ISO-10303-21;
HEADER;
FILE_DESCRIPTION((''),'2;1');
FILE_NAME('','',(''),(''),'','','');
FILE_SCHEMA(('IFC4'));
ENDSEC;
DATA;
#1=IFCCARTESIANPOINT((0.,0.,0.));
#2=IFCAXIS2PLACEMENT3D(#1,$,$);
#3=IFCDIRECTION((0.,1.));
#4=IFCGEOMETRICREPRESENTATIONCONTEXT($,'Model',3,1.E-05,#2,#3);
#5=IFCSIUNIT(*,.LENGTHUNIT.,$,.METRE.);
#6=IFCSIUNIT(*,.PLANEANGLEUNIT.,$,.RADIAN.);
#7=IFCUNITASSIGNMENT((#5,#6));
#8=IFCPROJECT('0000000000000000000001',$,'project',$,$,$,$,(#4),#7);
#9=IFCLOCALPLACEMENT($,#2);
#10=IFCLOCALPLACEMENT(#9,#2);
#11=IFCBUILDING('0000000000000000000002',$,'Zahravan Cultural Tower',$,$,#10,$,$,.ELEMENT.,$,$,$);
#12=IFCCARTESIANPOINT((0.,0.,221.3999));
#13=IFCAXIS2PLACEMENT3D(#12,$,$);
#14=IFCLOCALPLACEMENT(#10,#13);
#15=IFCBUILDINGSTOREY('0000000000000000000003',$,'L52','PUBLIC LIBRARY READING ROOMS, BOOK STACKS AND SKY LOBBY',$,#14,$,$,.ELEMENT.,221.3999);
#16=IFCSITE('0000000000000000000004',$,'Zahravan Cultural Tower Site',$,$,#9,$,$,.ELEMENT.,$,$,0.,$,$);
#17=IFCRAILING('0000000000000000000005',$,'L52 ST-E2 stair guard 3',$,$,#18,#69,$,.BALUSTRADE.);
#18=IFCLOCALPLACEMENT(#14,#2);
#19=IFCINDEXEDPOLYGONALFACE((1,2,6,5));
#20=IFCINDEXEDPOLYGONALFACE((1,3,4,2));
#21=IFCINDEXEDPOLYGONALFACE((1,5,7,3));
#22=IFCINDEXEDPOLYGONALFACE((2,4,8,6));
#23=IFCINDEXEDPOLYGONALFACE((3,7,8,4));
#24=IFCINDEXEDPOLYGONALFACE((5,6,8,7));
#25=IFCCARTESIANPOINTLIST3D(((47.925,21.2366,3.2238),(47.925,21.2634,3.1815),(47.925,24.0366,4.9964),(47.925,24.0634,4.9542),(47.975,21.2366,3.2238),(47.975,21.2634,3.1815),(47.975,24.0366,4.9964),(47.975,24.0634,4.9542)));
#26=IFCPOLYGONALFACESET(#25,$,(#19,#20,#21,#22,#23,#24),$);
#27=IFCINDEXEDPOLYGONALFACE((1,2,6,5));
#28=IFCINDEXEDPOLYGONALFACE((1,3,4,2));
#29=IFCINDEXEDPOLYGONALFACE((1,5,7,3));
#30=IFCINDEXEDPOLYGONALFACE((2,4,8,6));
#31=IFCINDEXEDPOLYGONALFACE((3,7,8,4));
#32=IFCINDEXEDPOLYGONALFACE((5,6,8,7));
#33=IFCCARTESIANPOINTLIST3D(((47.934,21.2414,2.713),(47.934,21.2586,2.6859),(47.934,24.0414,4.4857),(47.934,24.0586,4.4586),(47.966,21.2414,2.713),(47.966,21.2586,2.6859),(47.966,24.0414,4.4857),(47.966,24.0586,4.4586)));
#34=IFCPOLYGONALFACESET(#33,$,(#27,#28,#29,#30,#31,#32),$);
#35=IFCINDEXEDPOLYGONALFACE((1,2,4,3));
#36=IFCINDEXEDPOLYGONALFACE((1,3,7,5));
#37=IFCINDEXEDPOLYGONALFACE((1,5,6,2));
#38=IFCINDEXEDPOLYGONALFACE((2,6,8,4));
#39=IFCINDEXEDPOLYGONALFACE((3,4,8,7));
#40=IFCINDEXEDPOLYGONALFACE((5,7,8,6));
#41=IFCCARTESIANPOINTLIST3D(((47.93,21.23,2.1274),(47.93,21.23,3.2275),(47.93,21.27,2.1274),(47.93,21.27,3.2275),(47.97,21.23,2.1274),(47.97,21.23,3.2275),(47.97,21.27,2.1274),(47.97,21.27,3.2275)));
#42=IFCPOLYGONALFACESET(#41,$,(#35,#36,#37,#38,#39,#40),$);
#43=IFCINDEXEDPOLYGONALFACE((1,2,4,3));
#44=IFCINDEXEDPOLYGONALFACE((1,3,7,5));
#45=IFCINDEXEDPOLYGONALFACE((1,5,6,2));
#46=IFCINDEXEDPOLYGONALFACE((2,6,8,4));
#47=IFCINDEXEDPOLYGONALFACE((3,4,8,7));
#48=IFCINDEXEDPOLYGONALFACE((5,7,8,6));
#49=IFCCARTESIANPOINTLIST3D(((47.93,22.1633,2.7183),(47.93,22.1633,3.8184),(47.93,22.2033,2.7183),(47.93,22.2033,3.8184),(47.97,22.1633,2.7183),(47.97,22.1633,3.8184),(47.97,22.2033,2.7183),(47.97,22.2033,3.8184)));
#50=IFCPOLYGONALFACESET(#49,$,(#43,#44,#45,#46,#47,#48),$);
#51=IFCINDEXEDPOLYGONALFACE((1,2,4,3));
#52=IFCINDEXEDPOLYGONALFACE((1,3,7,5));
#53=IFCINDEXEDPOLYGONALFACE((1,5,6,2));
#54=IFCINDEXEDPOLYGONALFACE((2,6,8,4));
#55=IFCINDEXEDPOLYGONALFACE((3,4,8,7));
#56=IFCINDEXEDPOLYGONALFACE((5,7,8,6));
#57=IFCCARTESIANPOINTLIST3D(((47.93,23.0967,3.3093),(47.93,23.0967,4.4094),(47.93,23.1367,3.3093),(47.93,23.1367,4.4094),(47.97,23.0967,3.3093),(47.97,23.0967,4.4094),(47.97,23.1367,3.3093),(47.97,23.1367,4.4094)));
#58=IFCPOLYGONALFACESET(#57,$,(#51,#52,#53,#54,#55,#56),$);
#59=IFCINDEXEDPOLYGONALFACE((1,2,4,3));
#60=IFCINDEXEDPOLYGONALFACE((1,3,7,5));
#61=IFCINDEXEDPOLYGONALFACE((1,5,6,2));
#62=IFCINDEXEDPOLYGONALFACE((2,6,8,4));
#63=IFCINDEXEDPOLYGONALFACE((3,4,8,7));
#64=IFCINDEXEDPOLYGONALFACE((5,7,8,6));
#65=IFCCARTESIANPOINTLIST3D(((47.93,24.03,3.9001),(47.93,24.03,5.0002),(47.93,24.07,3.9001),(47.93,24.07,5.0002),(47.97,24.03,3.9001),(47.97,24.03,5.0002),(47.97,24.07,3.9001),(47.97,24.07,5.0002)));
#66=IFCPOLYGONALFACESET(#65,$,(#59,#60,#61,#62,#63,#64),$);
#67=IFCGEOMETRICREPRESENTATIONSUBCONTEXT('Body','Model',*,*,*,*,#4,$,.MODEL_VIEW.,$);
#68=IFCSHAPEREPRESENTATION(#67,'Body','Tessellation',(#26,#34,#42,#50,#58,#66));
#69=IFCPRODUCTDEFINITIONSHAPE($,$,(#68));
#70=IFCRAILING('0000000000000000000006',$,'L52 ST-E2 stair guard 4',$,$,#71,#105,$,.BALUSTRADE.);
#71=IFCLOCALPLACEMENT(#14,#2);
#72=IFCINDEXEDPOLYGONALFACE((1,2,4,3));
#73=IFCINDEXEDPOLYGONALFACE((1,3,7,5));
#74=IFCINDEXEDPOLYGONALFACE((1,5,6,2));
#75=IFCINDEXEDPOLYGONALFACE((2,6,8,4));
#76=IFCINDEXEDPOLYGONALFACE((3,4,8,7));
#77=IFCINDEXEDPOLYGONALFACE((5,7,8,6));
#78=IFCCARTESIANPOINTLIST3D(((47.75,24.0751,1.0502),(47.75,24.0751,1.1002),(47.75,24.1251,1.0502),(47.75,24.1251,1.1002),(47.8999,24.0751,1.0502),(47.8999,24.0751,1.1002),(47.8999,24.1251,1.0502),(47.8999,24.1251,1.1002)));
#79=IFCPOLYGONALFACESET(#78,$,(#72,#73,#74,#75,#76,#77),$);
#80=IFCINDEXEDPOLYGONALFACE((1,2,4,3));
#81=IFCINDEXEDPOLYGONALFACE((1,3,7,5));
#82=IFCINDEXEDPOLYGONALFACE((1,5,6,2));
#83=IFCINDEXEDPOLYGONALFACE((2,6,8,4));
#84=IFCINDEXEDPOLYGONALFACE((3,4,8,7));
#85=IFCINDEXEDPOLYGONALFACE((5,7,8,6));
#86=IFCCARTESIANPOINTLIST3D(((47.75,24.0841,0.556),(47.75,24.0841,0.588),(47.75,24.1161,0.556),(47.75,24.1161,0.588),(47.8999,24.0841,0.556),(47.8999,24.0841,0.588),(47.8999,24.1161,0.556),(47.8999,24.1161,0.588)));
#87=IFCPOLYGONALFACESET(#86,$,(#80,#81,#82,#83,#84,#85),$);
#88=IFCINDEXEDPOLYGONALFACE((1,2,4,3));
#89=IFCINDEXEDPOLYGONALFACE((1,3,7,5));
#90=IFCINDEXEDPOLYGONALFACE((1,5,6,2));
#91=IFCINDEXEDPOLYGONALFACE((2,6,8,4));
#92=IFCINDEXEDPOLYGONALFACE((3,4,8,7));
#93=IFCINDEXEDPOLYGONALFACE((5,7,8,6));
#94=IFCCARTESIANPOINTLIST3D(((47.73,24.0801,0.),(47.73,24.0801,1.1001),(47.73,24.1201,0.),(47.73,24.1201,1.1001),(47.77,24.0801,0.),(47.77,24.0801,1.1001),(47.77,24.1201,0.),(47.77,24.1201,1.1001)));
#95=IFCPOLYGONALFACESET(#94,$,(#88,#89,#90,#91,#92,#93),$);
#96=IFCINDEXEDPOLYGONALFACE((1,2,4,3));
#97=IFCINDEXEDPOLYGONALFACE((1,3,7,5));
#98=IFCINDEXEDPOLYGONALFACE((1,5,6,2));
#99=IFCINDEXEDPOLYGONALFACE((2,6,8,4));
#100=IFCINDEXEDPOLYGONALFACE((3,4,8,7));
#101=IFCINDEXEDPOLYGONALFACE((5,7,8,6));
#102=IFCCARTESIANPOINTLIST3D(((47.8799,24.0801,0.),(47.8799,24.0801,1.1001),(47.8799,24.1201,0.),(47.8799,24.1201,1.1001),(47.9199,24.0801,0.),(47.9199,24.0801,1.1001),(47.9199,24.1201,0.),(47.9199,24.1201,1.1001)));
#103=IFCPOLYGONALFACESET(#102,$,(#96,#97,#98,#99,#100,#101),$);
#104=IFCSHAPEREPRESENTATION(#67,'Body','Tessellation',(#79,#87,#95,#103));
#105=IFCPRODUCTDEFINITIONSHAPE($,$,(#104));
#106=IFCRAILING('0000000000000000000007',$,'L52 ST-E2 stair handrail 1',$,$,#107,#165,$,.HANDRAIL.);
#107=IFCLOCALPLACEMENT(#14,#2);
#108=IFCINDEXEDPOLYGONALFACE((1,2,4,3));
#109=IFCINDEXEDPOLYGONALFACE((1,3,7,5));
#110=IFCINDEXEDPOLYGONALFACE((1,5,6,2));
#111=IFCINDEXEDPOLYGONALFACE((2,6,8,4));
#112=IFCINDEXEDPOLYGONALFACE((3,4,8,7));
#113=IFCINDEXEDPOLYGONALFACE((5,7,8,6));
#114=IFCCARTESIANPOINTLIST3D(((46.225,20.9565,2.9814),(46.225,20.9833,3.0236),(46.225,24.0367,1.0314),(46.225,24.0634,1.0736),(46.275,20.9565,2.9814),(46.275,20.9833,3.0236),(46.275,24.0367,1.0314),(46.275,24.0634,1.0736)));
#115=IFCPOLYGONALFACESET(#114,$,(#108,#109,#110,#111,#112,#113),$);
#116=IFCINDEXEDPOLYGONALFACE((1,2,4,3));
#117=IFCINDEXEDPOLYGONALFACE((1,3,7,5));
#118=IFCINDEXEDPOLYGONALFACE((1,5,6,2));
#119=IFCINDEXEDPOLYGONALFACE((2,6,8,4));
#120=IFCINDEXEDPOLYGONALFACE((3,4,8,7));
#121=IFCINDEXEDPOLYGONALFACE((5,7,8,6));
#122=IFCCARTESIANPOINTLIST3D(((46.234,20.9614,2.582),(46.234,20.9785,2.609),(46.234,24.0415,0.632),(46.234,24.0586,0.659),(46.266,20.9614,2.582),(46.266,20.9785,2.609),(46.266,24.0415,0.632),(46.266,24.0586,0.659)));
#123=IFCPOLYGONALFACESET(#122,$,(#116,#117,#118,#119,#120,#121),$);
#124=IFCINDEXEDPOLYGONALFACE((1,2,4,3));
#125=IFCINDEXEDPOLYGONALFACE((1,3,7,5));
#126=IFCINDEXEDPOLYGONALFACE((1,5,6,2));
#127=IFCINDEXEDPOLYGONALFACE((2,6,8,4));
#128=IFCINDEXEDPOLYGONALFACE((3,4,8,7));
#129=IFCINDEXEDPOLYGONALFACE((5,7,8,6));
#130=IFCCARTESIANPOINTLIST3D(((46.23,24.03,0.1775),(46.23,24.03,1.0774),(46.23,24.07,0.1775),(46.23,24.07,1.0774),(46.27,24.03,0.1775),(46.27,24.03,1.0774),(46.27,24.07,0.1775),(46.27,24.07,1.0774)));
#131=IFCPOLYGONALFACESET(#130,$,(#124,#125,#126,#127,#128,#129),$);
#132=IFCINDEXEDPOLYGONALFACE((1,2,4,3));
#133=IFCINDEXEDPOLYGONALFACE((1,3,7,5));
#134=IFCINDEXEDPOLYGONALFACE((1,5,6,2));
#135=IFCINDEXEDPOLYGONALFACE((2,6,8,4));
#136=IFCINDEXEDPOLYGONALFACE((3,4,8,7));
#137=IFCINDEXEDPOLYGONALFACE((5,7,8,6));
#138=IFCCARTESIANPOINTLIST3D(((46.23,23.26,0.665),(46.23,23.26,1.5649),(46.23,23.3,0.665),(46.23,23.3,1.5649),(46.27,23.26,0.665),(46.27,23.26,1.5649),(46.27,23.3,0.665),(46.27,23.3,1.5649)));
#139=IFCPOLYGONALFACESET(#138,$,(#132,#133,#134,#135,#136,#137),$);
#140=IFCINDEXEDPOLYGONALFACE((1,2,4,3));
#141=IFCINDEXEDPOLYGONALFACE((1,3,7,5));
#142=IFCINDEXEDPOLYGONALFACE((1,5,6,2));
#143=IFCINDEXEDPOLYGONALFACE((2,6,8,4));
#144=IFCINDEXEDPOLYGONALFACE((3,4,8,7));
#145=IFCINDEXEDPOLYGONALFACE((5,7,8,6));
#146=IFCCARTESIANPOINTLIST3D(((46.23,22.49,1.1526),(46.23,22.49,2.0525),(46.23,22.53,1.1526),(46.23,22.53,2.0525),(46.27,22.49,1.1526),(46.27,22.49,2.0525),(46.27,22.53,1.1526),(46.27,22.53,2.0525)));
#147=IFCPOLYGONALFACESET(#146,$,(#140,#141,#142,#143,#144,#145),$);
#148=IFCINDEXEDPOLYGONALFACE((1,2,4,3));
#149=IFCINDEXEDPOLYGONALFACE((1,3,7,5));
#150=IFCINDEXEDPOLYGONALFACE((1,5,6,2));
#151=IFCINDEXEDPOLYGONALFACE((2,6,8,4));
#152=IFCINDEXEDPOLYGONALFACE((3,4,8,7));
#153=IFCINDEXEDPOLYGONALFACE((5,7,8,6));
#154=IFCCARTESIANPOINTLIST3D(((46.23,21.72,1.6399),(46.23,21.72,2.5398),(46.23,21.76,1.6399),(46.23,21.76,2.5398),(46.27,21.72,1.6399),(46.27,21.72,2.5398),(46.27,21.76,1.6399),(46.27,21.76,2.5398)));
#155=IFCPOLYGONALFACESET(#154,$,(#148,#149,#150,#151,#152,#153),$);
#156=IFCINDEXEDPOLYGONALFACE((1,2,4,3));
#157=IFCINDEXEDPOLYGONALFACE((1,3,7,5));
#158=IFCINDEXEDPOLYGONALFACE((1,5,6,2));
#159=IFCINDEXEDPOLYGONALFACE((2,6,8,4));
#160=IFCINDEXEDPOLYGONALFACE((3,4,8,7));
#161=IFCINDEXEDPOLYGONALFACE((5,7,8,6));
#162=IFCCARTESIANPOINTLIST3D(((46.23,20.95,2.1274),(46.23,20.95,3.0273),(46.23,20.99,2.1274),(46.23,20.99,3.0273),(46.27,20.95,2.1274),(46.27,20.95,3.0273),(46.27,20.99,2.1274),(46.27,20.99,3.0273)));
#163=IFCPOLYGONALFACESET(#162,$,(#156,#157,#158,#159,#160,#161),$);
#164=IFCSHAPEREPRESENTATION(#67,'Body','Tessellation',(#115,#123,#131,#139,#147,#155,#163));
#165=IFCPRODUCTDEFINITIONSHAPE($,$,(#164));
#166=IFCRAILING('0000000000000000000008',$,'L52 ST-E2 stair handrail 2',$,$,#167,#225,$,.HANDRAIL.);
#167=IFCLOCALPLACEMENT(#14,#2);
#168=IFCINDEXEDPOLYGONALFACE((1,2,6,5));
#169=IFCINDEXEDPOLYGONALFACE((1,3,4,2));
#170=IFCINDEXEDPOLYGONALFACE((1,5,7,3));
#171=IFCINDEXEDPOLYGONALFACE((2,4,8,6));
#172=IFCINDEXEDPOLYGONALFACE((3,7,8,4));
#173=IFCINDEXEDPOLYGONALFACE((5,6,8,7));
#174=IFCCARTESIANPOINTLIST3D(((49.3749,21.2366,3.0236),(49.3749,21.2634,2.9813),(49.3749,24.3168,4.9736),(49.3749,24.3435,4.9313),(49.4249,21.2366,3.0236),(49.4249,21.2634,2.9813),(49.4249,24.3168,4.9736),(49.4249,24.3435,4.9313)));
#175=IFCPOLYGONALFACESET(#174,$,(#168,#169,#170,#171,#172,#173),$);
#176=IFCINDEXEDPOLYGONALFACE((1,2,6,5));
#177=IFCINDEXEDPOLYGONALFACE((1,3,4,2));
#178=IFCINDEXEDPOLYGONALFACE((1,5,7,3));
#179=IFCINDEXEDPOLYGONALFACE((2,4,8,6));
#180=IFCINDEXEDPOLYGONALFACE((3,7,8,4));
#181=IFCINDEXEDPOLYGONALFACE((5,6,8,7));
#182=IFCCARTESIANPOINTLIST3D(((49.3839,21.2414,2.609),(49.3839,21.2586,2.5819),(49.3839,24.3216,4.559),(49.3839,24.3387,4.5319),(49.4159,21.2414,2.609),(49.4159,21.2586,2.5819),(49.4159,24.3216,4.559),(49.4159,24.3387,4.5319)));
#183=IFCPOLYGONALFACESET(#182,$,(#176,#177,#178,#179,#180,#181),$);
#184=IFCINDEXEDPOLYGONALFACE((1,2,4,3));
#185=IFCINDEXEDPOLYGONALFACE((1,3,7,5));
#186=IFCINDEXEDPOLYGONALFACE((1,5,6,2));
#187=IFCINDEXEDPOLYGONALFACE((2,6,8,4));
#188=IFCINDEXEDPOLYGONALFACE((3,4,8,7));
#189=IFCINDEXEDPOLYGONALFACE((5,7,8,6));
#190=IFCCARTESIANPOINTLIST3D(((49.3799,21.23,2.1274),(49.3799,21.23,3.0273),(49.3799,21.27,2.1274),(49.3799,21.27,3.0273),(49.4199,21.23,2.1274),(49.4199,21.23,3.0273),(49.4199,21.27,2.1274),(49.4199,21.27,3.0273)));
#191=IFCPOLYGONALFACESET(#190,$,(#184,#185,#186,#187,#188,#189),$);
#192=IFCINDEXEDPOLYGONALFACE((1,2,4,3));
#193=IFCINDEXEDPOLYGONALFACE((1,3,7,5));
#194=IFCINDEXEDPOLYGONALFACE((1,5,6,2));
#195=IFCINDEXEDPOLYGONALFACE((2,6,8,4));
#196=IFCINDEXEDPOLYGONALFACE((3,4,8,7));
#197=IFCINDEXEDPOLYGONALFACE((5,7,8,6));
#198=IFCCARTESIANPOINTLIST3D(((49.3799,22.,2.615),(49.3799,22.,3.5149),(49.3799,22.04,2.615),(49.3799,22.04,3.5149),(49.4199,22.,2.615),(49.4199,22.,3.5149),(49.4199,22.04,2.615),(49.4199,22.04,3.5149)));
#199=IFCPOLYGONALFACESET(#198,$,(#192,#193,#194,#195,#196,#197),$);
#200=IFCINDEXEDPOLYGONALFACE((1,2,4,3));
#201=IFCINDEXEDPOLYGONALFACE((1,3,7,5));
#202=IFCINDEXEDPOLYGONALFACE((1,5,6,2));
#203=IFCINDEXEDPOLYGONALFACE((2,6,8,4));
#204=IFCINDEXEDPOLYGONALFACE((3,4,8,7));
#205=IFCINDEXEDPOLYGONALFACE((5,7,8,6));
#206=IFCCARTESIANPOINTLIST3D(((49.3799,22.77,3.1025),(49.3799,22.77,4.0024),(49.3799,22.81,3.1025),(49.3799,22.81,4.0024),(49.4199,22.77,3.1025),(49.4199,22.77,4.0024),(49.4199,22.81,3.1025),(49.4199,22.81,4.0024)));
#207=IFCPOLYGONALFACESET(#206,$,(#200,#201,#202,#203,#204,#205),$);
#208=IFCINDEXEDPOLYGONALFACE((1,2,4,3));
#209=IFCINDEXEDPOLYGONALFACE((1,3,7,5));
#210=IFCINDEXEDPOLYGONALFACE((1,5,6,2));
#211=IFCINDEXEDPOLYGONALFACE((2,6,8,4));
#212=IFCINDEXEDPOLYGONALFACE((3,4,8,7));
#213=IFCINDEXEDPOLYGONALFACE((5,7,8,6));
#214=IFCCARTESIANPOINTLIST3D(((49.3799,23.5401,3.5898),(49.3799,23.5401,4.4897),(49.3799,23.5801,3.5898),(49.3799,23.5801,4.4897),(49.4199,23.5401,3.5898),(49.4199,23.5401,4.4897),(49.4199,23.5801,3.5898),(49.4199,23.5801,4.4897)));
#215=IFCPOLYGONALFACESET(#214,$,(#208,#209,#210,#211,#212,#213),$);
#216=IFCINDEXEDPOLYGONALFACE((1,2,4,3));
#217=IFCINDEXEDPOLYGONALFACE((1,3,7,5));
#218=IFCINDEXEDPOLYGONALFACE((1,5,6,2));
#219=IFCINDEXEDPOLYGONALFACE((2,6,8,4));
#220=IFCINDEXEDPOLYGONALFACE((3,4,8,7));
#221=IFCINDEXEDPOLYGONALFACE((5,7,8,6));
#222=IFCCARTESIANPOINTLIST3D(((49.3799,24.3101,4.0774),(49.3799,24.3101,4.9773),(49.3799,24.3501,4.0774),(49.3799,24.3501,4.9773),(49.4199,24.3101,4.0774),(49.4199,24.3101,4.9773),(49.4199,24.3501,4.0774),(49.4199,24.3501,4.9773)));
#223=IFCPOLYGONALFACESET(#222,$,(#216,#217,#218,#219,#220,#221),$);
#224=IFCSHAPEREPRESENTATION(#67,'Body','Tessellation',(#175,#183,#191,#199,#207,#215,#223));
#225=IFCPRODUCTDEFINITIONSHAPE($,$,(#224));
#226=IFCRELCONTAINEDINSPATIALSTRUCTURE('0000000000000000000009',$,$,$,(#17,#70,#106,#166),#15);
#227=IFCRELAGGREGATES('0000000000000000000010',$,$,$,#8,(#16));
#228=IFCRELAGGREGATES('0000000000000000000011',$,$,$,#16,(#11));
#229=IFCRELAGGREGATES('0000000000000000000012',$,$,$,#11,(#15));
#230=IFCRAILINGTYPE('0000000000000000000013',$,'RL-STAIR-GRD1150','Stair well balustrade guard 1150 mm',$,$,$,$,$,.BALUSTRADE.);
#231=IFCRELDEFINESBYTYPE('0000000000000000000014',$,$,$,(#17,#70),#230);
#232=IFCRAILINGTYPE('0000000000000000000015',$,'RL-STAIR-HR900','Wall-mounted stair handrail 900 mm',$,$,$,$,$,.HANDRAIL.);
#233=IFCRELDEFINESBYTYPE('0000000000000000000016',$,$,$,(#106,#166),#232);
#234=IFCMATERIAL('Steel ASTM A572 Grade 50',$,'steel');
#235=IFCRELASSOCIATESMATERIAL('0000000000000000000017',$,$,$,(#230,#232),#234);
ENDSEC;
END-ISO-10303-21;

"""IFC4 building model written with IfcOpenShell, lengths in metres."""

from ifc_helpers import new_model, si_unit, direction, frame, origin, origin_2d, place, context, subcontext, project, spatial, rectangle, extrude, material, type_object, element, save


model = new_model("IFC4")

# Units and contexts
model_context = context("Model", 3, precision=1e-05, world=origin(), true_north=direction((0.0, 1.0)))
body_context = subcontext(model_context, "Body", "Model", "MODEL_VIEW")
ifc_project = project(units=[si_unit("LENGTHUNIT", "METRE"), si_unit("PLANEANGLEUNIT", "RADIAN")], contexts=[model_context])

# Site, building, storey
site_placement = place(None, origin())
site = spatial("IfcSite", under=ifc_project, at=site_placement, Name="Zahravan Cultural Tower Site", CompositionType="ELEMENT", RefElevation=0.0)
building_placement = place(site_placement, origin())
building = spatial("IfcBuilding", under=site, at=building_placement, Name="Zahravan Cultural Tower", CompositionType="ELEMENT")
storey_placement = place(building_placement, frame((0.0, 0.0, 221.3999)))
storey = spatial("IfcBuildingStorey", under=building, at=storey_placement, Name="L52", Description="PUBLIC LIBRARY READING ROOMS, BOOK STACKS AND SKY LOBBY", CompositionType="ELEMENT", Elevation=221.3999)

# Railings
ifc_material_1 = material(Name="Steel ASTM A572 Grade 50", Category="steel")
railing_type_1 = type_object("IfcRailingType", Name="RL-STAIR-GRD1150", Description="Stair well balustrade guard 1150 mm", PredefinedType="BALUSTRADE", material=ifc_material_1)
railing_1_placement = place(storey_placement, frame((47.95, 21.25, 2.1274)))
element("IfcRailing", 1, at=railing_1_placement, inside=storey, type_object=railing_type_1, Name="L52 ST-E2 stair guard 3", PredefinedType="BALUSTRADE", context=body_context, shape_type="SweptSolid", body=[
    extrude(rectangle(XDim=0.05, YDim=0.05, at=origin_2d()), frame((0.0, 0.0, 1.0752), z_axis=(0.0, 0.844909, 0.53491), x_axis=(-1.0, 0.0, 0.0)), (0.0, 0.0, 1.0), 3.314),
    extrude(rectangle(XDim=0.032, YDim=0.032, at=origin_2d()), frame((0.0, 0.0, 0.572), z_axis=(0.0, 0.844909, 0.53491), x_axis=(-1.0, 0.0, 0.0)), (0.0, 0.0, 1.0), 3.314),
    extrude(rectangle(XDim=0.04, YDim=0.04, at=origin_2d()), origin(), (0.0, 0.0, 1.0), 1.1001),
    extrude(rectangle(XDim=0.04, YDim=0.04, at=origin_2d()), frame((0.0, 0.9333, 0.5908)), (0.0, 0.0, 1.0), 1.1001),
    extrude(rectangle(XDim=0.04, YDim=0.04, at=origin_2d()), frame((0.0, 1.8667, 1.1819)), (0.0, 0.0, 1.0), 1.1001),
    extrude(rectangle(XDim=0.04, YDim=0.04, at=origin_2d()), frame((0.0, 2.8, 1.7727)), (0.0, 0.0, 1.0), 1.1001),
])
railing_2_placement = place(storey_placement, frame((47.75, 24.1001, 0.0)))
element("IfcRailing", 2, at=railing_2_placement, inside=storey, type_object=railing_type_1, Name="L52 ST-E2 stair guard 4", PredefinedType="BALUSTRADE", context=body_context, shape_type="SweptSolid", body=[
    extrude(rectangle(XDim=0.05, YDim=0.05, at=origin_2d()), frame((0.0, 0.0, 1.0752), z_axis=(1.0, 0.0, 0.0), x_axis=(0.0, 1.0, 0.0)), (0.0, 0.0, 1.0), 0.1499),
    extrude(rectangle(XDim=0.032, YDim=0.032, at=origin_2d()), frame((0.0, 0.0, 0.572), z_axis=(1.0, 0.0, 0.0), x_axis=(0.0, 1.0, 0.0)), (0.0, 0.0, 1.0), 0.1499),
    extrude(rectangle(XDim=0.04, YDim=0.04, at=origin_2d()), origin(), (0.0, 0.0, 1.0), 1.1001),
    extrude(rectangle(XDim=0.04, YDim=0.04, at=origin_2d()), frame((0.1499, 0.0, 0.0)), (0.0, 0.0, 1.0), 1.1001),
])
railing_type_2 = type_object("IfcRailingType", Name="RL-STAIR-HR900", Description="Wall-mounted stair handrail 900 mm", PredefinedType="HANDRAIL", material=ifc_material_1)
railing_3_placement = place(storey_placement, frame((46.25, 24.05, 0.1775)))
element("IfcRailing", 3, at=railing_3_placement, inside=storey, type_object=railing_type_2, Name="L52 ST-E2 stair handrail 1", PredefinedType="HANDRAIL", context=body_context, shape_type="SweptSolid", body=[
    extrude(rectangle(XDim=0.05, YDim=0.05, at=origin_2d()), frame((0.0, 0.0, 0.875), z_axis=(0.0, -0.844914, 0.534902), x_axis=(1.0, 0.0, 0.0)), (0.0, 0.0, 1.0), 3.6455),
    extrude(rectangle(XDim=0.032, YDim=0.032, at=origin_2d()), frame((0.0, 0.0, 0.468), z_axis=(0.0, -0.844914, 0.534902), x_axis=(1.0, 0.0, 0.0)), (0.0, 0.0, 1.0), 3.6455),
    extrude(rectangle(XDim=0.04, YDim=0.04, at=origin_2d()), origin(), (0.0, 0.0, 1.0), 0.8999),
    extrude(rectangle(XDim=0.04, YDim=0.04, at=origin_2d()), frame((0.0, -0.77, 0.4875)), (0.0, 0.0, 1.0), 0.8999),
    extrude(rectangle(XDim=0.04, YDim=0.04, at=origin_2d()), frame((0.0, -1.54, 0.9751)), (0.0, 0.0, 1.0), 0.8999),
    extrude(rectangle(XDim=0.04, YDim=0.04, at=origin_2d()), frame((0.0, -2.3101, 1.4624)), (0.0, 0.0, 1.0), 0.8999),
    extrude(rectangle(XDim=0.04, YDim=0.04, at=origin_2d()), frame((0.0, -3.0801, 1.95)), (0.0, 0.0, 1.0), 0.8999),
])
railing_4_placement = place(storey_placement, frame((49.3999, 21.25, 2.1274)))
element("IfcRailing", 4, at=railing_4_placement, inside=storey, type_object=railing_type_2, Name="L52 ST-E2 stair handrail 2", PredefinedType="HANDRAIL", context=body_context, shape_type="SweptSolid", body=[
    extrude(rectangle(XDim=0.05, YDim=0.05, at=origin_2d()), frame((0.0, 0.0, 0.875), z_axis=(0.0, 0.844914, 0.534902), x_axis=(-1.0, 0.0, 0.0)), (0.0, 0.0, 1.0), 3.6455),
    extrude(rectangle(XDim=0.032, YDim=0.032, at=origin_2d()), frame((0.0, 0.0, 0.468), z_axis=(0.0, 0.844914, 0.534902), x_axis=(-1.0, 0.0, 0.0)), (0.0, 0.0, 1.0), 3.6455),
    extrude(rectangle(XDim=0.04, YDim=0.04, at=origin_2d()), origin(), (0.0, 0.0, 1.0), 0.8999),
    extrude(rectangle(XDim=0.04, YDim=0.04, at=origin_2d()), frame((0.0, 0.77, 0.4875)), (0.0, 0.0, 1.0), 0.8999),
    extrude(rectangle(XDim=0.04, YDim=0.04, at=origin_2d()), frame((0.0, 1.54, 0.9751)), (0.0, 0.0, 1.0), 0.8999),
    extrude(rectangle(XDim=0.04, YDim=0.04, at=origin_2d()), frame((0.0, 2.3101, 1.4624)), (0.0, 0.0, 1.0), 0.8999),
    extrude(rectangle(XDim=0.04, YDim=0.04, at=origin_2d()), frame((0.0, 3.0801, 1.95)), (0.0, 0.0, 1.0), 0.8999),
])

save(model, "model.ifc")
